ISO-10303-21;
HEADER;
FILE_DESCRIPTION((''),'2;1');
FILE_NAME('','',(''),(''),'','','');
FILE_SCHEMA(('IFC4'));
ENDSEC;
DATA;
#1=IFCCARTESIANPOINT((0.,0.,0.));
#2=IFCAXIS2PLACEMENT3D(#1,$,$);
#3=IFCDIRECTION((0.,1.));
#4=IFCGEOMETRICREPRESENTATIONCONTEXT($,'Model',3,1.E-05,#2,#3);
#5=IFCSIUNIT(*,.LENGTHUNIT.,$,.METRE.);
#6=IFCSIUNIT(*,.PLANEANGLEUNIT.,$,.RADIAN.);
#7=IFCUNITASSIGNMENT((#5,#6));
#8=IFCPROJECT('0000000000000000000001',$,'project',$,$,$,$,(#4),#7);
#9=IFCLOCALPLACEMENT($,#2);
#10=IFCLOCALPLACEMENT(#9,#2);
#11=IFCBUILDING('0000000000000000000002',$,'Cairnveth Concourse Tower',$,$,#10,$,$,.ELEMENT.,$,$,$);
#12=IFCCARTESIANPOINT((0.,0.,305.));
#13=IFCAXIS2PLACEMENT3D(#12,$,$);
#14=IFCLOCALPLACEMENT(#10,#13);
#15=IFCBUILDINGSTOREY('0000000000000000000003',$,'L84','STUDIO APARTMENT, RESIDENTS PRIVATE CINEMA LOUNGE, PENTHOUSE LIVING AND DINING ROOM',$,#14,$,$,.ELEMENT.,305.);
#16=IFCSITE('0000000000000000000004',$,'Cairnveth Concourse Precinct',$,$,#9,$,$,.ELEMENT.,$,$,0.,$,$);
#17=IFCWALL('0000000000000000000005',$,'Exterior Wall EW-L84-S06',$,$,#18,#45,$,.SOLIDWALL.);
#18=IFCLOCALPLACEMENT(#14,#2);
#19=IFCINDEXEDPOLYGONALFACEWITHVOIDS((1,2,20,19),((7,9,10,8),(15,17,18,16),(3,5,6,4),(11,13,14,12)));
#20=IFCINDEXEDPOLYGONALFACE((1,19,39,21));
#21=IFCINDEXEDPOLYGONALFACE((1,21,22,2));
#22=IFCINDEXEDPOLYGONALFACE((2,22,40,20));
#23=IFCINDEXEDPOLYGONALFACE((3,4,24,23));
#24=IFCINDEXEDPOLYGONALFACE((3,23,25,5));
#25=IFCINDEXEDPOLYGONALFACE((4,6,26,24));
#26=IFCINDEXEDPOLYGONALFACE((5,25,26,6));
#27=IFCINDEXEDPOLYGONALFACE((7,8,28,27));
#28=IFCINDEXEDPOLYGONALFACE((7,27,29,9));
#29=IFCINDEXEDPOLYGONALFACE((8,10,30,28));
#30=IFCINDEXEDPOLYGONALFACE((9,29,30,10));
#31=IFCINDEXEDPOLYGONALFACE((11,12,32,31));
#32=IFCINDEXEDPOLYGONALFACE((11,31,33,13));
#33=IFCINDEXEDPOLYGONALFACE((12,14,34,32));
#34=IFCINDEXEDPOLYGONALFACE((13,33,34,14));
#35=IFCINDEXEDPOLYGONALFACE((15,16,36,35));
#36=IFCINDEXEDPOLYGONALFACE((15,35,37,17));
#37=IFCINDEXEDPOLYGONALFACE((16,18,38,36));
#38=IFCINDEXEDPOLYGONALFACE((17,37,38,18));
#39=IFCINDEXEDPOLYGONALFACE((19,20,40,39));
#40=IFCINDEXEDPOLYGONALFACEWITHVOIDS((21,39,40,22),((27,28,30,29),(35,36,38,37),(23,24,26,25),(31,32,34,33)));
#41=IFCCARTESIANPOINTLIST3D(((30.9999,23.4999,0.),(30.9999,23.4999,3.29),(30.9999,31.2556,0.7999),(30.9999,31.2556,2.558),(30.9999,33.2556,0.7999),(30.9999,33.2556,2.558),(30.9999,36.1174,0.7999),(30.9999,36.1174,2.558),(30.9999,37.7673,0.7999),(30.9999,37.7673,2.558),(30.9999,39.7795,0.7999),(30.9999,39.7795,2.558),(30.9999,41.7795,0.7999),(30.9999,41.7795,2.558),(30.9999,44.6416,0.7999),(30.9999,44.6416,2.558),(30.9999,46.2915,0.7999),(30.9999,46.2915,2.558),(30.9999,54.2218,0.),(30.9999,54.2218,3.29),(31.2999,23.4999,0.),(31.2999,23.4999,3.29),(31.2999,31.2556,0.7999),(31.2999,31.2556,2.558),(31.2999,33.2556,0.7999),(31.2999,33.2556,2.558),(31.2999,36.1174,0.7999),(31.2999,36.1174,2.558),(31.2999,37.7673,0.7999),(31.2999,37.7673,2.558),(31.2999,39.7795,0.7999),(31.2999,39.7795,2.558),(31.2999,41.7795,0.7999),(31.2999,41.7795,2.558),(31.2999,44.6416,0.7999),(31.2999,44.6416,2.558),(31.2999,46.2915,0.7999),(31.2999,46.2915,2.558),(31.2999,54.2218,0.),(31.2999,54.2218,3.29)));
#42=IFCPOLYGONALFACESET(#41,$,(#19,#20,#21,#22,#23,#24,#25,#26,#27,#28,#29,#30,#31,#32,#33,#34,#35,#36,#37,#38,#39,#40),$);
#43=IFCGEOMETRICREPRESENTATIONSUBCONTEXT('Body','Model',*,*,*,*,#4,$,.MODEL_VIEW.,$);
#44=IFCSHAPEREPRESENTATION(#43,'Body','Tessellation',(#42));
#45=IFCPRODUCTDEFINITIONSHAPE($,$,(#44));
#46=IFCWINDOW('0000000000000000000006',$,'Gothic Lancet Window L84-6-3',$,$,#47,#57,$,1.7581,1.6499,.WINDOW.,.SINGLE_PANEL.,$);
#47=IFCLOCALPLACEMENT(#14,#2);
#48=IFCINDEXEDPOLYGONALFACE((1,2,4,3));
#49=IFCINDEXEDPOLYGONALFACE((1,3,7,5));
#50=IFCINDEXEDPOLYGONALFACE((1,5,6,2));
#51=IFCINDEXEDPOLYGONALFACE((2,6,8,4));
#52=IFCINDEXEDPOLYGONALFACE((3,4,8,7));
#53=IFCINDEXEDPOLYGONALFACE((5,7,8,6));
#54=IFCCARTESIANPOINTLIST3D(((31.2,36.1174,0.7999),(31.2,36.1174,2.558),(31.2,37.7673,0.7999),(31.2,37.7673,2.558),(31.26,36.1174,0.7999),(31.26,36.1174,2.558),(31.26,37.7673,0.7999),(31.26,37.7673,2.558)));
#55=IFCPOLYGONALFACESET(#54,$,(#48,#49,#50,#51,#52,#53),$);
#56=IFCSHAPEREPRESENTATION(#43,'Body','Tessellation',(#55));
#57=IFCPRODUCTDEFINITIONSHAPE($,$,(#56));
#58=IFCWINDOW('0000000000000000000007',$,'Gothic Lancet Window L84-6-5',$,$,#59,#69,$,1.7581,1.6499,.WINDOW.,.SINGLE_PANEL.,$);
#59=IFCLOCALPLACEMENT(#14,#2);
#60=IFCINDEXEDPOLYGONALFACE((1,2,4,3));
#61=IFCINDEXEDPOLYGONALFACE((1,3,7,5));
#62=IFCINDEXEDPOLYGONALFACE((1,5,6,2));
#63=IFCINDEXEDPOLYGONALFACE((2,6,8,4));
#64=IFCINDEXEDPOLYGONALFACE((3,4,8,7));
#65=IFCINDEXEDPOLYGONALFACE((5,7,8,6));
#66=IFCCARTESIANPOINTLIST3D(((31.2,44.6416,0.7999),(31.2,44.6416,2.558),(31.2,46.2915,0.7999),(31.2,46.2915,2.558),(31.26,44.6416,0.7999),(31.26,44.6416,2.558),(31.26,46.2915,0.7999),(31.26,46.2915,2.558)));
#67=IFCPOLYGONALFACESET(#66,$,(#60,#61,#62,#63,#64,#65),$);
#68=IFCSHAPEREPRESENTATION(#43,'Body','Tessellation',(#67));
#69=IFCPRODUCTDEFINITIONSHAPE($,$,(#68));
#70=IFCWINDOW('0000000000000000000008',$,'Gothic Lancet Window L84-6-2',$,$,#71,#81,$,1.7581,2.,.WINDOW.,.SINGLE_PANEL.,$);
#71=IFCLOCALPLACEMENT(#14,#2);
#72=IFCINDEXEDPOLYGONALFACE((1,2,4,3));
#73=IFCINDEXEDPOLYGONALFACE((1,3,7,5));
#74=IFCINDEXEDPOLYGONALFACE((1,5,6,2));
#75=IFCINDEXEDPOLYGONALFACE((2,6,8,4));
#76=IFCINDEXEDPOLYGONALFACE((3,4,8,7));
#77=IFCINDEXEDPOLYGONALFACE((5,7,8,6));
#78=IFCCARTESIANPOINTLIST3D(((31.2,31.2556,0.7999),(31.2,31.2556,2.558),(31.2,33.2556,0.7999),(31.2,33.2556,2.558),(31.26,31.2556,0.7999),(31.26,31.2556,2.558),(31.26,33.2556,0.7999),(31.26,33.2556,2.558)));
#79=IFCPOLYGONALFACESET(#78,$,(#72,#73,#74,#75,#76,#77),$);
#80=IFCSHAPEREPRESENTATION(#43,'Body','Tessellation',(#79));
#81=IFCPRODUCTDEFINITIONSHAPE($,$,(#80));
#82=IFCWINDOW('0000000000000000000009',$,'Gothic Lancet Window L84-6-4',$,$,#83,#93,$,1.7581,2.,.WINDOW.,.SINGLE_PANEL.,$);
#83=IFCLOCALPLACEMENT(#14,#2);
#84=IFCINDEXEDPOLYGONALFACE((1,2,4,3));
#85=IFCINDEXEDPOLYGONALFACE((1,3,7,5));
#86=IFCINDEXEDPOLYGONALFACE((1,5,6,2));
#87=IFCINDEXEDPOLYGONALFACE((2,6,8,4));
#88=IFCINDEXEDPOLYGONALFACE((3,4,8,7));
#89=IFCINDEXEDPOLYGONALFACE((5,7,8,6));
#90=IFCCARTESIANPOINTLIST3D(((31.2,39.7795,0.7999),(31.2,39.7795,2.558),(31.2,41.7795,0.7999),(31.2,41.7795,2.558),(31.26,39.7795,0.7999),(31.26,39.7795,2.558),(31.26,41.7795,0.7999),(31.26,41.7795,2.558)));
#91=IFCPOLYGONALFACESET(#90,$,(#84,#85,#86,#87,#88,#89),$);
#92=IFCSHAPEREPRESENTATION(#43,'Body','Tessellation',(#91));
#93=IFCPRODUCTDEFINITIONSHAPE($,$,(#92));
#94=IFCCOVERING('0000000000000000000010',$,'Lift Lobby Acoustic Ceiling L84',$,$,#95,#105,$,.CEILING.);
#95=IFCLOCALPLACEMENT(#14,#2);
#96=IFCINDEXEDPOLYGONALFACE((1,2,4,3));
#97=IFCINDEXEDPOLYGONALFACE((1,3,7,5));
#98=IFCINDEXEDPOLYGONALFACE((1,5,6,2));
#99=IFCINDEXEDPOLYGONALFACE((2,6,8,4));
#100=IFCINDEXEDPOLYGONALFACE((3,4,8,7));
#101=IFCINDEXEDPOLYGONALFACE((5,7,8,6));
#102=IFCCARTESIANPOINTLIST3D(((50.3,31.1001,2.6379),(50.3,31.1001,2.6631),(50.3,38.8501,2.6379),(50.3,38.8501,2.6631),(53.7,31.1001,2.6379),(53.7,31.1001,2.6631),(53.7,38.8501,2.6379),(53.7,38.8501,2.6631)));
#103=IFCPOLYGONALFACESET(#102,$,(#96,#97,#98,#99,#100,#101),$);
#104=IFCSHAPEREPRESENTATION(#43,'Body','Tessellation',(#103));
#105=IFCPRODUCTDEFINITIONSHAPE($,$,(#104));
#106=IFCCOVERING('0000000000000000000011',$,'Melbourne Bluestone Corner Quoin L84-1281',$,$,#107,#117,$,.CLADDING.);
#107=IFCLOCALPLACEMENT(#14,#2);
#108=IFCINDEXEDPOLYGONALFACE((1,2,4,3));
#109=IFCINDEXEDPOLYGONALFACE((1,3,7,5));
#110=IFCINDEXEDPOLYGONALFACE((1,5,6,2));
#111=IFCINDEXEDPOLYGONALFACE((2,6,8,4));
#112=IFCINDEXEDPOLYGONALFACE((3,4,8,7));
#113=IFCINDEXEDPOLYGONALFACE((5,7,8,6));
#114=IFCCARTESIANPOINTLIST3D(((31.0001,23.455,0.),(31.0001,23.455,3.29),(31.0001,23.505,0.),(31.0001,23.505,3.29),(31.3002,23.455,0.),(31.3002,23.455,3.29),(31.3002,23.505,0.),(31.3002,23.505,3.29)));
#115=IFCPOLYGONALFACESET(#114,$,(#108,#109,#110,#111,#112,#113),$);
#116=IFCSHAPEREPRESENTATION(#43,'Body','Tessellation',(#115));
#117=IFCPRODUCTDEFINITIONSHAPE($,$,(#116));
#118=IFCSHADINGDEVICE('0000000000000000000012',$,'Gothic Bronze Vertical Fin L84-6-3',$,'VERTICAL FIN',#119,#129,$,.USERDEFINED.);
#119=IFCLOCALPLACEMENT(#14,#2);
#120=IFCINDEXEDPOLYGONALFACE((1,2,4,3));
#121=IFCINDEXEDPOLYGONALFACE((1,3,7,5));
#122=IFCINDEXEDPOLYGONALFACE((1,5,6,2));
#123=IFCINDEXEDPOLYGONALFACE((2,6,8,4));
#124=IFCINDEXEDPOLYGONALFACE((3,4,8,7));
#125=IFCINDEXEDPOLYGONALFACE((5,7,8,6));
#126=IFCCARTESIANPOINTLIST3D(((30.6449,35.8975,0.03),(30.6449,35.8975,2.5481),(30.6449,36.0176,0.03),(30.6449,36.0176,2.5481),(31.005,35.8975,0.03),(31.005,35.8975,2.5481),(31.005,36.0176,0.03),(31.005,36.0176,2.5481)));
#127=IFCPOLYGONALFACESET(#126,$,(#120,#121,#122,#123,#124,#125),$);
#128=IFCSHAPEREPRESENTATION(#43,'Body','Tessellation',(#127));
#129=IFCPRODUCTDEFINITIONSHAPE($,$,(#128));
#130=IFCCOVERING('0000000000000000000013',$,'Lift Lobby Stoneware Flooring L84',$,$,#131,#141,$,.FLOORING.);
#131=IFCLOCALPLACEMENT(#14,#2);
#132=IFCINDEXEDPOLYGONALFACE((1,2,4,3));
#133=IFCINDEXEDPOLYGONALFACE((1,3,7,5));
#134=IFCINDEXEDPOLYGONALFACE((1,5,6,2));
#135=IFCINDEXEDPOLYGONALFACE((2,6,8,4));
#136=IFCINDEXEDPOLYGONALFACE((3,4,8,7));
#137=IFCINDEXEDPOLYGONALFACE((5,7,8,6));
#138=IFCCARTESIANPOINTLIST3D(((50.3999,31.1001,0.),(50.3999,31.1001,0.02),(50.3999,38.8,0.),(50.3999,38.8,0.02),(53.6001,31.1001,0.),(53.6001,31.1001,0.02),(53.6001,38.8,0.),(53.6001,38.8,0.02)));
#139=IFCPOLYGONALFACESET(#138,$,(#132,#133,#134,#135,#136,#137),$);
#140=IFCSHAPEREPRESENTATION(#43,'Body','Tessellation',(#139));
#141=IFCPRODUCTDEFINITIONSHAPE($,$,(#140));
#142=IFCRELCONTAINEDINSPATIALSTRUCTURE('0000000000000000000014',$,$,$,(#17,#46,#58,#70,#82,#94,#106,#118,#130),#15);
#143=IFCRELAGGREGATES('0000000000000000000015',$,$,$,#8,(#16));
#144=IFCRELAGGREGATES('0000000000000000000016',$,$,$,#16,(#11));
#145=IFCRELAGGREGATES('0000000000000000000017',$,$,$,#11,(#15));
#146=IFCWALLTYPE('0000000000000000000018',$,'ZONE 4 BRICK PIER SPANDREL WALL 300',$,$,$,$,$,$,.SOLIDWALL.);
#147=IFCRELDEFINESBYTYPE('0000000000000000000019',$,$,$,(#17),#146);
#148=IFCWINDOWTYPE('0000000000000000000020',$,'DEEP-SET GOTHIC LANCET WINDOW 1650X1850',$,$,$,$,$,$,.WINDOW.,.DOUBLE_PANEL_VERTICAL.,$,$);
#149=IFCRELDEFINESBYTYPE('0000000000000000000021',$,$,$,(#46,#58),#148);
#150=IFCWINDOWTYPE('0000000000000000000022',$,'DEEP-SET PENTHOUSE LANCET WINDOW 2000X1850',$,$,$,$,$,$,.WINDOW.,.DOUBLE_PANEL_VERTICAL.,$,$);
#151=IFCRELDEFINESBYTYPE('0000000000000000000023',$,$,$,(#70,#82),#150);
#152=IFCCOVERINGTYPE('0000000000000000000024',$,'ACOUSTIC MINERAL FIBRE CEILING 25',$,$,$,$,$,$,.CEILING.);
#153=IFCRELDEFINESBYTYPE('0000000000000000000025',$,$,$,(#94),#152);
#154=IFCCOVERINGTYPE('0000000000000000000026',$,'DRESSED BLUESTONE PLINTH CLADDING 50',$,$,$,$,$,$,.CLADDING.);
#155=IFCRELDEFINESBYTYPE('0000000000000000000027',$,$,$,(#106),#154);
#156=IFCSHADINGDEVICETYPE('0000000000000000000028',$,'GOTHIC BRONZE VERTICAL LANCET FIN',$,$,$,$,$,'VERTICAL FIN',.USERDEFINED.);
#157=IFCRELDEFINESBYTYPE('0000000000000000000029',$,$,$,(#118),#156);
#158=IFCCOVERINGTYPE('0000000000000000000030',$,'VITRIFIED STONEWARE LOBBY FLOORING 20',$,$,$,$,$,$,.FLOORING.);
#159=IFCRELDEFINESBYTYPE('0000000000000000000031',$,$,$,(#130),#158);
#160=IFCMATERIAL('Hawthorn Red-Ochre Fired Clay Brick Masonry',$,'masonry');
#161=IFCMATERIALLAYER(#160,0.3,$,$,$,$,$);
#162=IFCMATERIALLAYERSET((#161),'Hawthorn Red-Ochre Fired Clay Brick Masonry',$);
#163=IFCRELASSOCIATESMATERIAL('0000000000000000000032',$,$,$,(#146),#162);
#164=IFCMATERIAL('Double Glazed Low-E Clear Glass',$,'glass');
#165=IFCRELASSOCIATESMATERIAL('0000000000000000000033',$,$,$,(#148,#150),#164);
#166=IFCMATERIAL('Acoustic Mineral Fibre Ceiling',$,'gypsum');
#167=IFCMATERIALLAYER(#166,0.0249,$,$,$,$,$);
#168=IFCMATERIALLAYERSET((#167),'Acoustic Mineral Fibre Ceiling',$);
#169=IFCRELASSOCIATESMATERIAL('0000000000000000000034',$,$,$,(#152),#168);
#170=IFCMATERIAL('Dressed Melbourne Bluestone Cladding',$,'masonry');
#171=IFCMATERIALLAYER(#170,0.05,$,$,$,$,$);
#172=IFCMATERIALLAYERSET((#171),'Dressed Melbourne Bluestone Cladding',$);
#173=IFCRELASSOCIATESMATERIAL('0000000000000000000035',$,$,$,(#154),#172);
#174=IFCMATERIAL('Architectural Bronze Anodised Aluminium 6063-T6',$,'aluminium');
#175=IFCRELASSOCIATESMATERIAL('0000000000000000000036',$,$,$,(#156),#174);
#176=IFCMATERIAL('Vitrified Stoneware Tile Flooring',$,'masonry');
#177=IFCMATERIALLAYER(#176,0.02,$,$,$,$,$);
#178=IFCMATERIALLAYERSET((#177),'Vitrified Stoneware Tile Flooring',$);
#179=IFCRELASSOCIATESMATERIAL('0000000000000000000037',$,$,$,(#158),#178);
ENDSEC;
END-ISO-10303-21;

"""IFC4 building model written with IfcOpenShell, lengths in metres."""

from ifc_helpers import new_model, si_unit, direction, frame, frame_2d, origin, origin_2d, place, context, subcontext, project, spatial, polyline, rectangle, outline, extrude, material, layer, layer_set, type_object, element, fill, save


model = new_model("IFC4")

# Units and contexts
model_context = context("Model", 3, precision=1e-05, world=origin(), true_north=direction((0.0, 1.0)))
body_context = subcontext(model_context, "Body", "Model", "MODEL_VIEW")
ifc_project = project(units=[si_unit("LENGTHUNIT", "METRE"), si_unit("PLANEANGLEUNIT", "RADIAN")], contexts=[model_context])

# Site, building, storey
site_placement = place(None, origin())
site = spatial("IfcSite", under=ifc_project, at=site_placement, Name="Cairnveth Concourse Precinct", CompositionType="ELEMENT", RefElevation=0.0)
building_placement = place(site_placement, origin())
building = spatial("IfcBuilding", under=site, at=building_placement, Name="Cairnveth Concourse Tower", CompositionType="ELEMENT")
storey_placement = place(building_placement, frame((0.0, 0.0, 305.0)))
storey = spatial("IfcBuildingStorey", under=building, at=storey_placement, Name="L84", Description="STUDIO APARTMENT, RESIDENTS PRIVATE CINEMA LOUNGE, PENTHOUSE LIVING AND DINING ROOM", CompositionType="ELEMENT", Elevation=305.0)

# Wall, openings, windows
ifc_material_1 = material(Name="Hawthorn Red-Ochre Fired Clay Brick Masonry", Category="masonry")
ifc_layer_1 = layer(ifc_material_1, 0.3)
ifc_layer_set_1 = layer_set([ifc_layer_1], Name="Hawthorn Red-Ochre Fired Clay Brick Masonry")
wall_type_1 = type_object("IfcWallType", Name="ZONE 4 BRICK PIER SPANDREL WALL 300", PredefinedType="SOLIDWALL", material=ifc_layer_set_1)
wall_1_placement = place(storey_placement, frame((31.1499, 23.5, 0.0), z_axis=(0.0, 0.0, 1.0), x_axis=(0.0, 1.0, 0.0)))
wall_1 = element("IfcWall", 1, at=wall_1_placement, inside=storey, type_object=wall_type_1, Name="Exterior Wall EW-L84-S06", PredefinedType="SOLIDWALL", context=body_context, shape_type="SweptSolid", body=[
    extrude(rectangle(XDim=30.7219, YDim=0.3, at=frame_2d((15.3608, 0.0))), origin(), (0.0, 0.0, 1.0), 3.29),
])
opening_1_placement = place(wall_1_placement, frame((7.7556, 0.0, 0.8)))
opening_1 = element("IfcOpeningElement", 2, at=opening_1_placement, cuts=wall_1, PredefinedType="OPENING", context=body_context, shape_type="SweptSolid", body=[
    extrude(rectangle(XDim=2.0, YDim=1.7581, at=frame_2d((1.0, 0.8789))), frame((0.0, 0.1599, 0.0), z_axis=(0.0, -1.0, 0.0), x_axis=(1.0, 0.0, 0.0)), (0.0, 0.0, 1.0), 0.3201),
])
opening_2_placement = place(wall_1_placement, frame((12.6174, 0.0, 0.8)))
opening_2 = element("IfcOpeningElement", 3, at=opening_2_placement, cuts=wall_1, PredefinedType="OPENING", context=body_context, shape_type="SweptSolid", body=[
    extrude(rectangle(XDim=1.6499, YDim=1.7581, at=frame_2d((0.825, 0.8789))), frame((0.0, 0.1599, 0.0), z_axis=(0.0, -1.0, 0.0), x_axis=(1.0, 0.0, 0.0)), (0.0, 0.0, 1.0), 0.3201),
])
opening_3_placement = place(wall_1_placement, frame((16.2795, 0.0, 0.8)))
opening_3 = element("IfcOpeningElement", 4, at=opening_3_placement, cuts=wall_1, PredefinedType="OPENING", context=body_context, shape_type="SweptSolid", body=[
    extrude(rectangle(XDim=2.0, YDim=1.7581, at=frame_2d((1.0, 0.8789))), frame((0.0, 0.1599, 0.0), z_axis=(0.0, -1.0, 0.0), x_axis=(1.0, 0.0, 0.0)), (0.0, 0.0, 1.0), 0.3201),
])
opening_4_placement = place(wall_1_placement, frame((21.1416, 0.0, 0.8)))
opening_4 = element("IfcOpeningElement", 5, at=opening_4_placement, cuts=wall_1, PredefinedType="OPENING", context=body_context, shape_type="SweptSolid", body=[
    extrude(rectangle(XDim=1.6499, YDim=1.7581, at=frame_2d((0.825, 0.8789))), frame((0.0, 0.1599, 0.0), z_axis=(0.0, -1.0, 0.0), x_axis=(1.0, 0.0, 0.0)), (0.0, 0.0, 1.0), 0.3201),
])
ifc_material_2 = material(Name="Double Glazed Low-E Clear Glass", Category="glass")
window_type_1 = type_object("IfcWindowType", Name="DEEP-SET GOTHIC LANCET WINDOW 1650X1850", PartitioningType="DOUBLE_PANEL_VERTICAL", PredefinedType="WINDOW", material=ifc_material_2)
window_1_placement = place(opening_2_placement, origin())
window_1 = element("IfcWindow", 6, at=window_1_placement, inside=storey, type_object=window_type_1, Name="Gothic Lancet Window L84-6-3", OverallHeight=1.7581, OverallWidth=1.6499, PartitioningType="SINGLE_PANEL", PredefinedType="WINDOW", context=body_context, shape_type="SweptSolid", body=[
    extrude(rectangle(XDim=1.6499, YDim=1.7581, at=frame_2d((0.825, 0.8789))), frame((0.0, -0.05, 0.0), z_axis=(0.0, -1.0, 0.0), x_axis=(1.0, 0.0, 0.0)), (0.0, 0.0, 1.0), 0.0601),
])
fill(opening_2, window_1)
window_2_placement = place(opening_4_placement, origin())
window_2 = element("IfcWindow", 7, at=window_2_placement, inside=storey, type_object=window_type_1, Name="Gothic Lancet Window L84-6-5", OverallHeight=1.7581, OverallWidth=1.6499, PartitioningType="SINGLE_PANEL", PredefinedType="WINDOW", context=body_context, shape_type="SweptSolid", body=[
    extrude(rectangle(XDim=1.6499, YDim=1.7581, at=frame_2d((0.825, 0.8789))), frame((0.0, -0.05, 0.0), z_axis=(0.0, -1.0, 0.0), x_axis=(1.0, 0.0, 0.0)), (0.0, 0.0, 1.0), 0.0601),
])
fill(opening_4, window_2)
window_type_2 = type_object("IfcWindowType", Name="DEEP-SET PENTHOUSE LANCET WINDOW 2000X1850", PartitioningType="DOUBLE_PANEL_VERTICAL", PredefinedType="WINDOW", material=ifc_material_2)
window_3_placement = place(opening_1_placement, origin())
window_3 = element("IfcWindow", 8, at=window_3_placement, inside=storey, type_object=window_type_2, Name="Gothic Lancet Window L84-6-2", OverallHeight=1.7581, OverallWidth=2.0, PartitioningType="SINGLE_PANEL", PredefinedType="WINDOW", context=body_context, shape_type="SweptSolid", body=[
    extrude(rectangle(XDim=2.0, YDim=1.7581, at=frame_2d((1.0, 0.8789))), frame((0.0, -0.05, 0.0), z_axis=(0.0, -1.0, 0.0), x_axis=(1.0, 0.0, 0.0)), (0.0, 0.0, 1.0), 0.0601),
])
fill(opening_1, window_3)
window_4_placement = place(opening_3_placement, origin())
window_4 = element("IfcWindow", 9, at=window_4_placement, inside=storey, type_object=window_type_2, Name="Gothic Lancet Window L84-6-4", OverallHeight=1.7581, OverallWidth=2.0, PartitioningType="SINGLE_PANEL", PredefinedType="WINDOW", context=body_context, shape_type="SweptSolid", body=[
    extrude(rectangle(XDim=2.0, YDim=1.7581, at=frame_2d((1.0, 0.8789))), frame((0.0, -0.05, 0.0), z_axis=(0.0, -1.0, 0.0), x_axis=(1.0, 0.0, 0.0)), (0.0, 0.0, 1.0), 0.0601),
])
fill(opening_3, window_4)

# Coverings
ifc_material_3 = material(Name="Acoustic Mineral Fibre Ceiling", Category="gypsum")
ifc_layer_2 = layer(ifc_material_3, 0.0249)
ifc_layer_set_2 = layer_set([ifc_layer_2], Name="Acoustic Mineral Fibre Ceiling")
covering_type_1 = type_object("IfcCoveringType", Name="ACOUSTIC MINERAL FIBRE CEILING 25", PredefinedType="CEILING", material=ifc_layer_set_2)
covering_1_placement = place(storey_placement, frame((0.0, 0.0, 2.6379)))
element("IfcCovering", 10, at=covering_1_placement, inside=storey, type_object=covering_type_1, Name="Lift Lobby Acoustic Ceiling L84", PredefinedType="CEILING", context=body_context, shape_type="SweptSolid", body=[
    extrude(outline(polyline([(50.3, 31.1001), (53.7, 31.1001), (53.7, 38.8501), (50.3, 38.8501), (50.3, 31.1001)])), origin(), (0.0, 0.0, 1.0), 0.0251),
])
ifc_material_4 = material(Name="Dressed Melbourne Bluestone Cladding", Category="masonry")
ifc_layer_3 = layer(ifc_material_4, 0.05)
ifc_layer_set_3 = layer_set([ifc_layer_3], Name="Dressed Melbourne Bluestone Cladding")
covering_type_2 = type_object("IfcCoveringType", Name="DRESSED BLUESTONE PLINTH CLADDING 50", PredefinedType="CLADDING", material=ifc_layer_set_3)
covering_2_placement = place(storey_placement, frame((31.3, 23.48, 0.0), z_axis=(0.0, 0.0, 1.0), x_axis=(-1.0, 0.0, 0.0)))
element("IfcCovering", 11, at=covering_2_placement, inside=storey, type_object=covering_type_2, Name="Melbourne Bluestone Corner Quoin L84-1281", PredefinedType="CLADDING", context=body_context, shape_type="SweptSolid", body=[
    extrude(rectangle(XDim=0.3, YDim=0.05, at=frame_2d((0.1499, 0.0))), origin(), (0.0, 0.0, 1.0), 3.29),
])

# Shading device
ifc_material_5 = material(Name="Architectural Bronze Anodised Aluminium 6063-T6", Category="aluminium")
shading_device_type = type_object("IfcShadingDeviceType", Name="GOTHIC BRONZE VERTICAL LANCET FIN", ElementType="VERTICAL FIN", PredefinedType="USERDEFINED", material=ifc_material_5)
shading_device_placement = place(storey_placement, frame((30.825, 35.9575, 0.03), z_axis=(0.0, 0.0, 1.0), x_axis=(0.0, 1.0, 0.0)))
element("IfcShadingDevice", 12, at=shading_device_placement, inside=storey, type_object=shading_device_type, Name="Gothic Bronze Vertical Fin L84-6-3", ObjectType="VERTICAL FIN", PredefinedType="USERDEFINED", context=body_context, shape_type="SweptSolid", body=[
    extrude(rectangle(XDim=0.1201, YDim=0.3601, at=origin_2d()), origin(), (0.0, 0.0, 1.0), 2.5181),
])

# Covering
ifc_material_6 = material(Name="Vitrified Stoneware Tile Flooring", Category="masonry")
ifc_layer_4 = layer(ifc_material_6, 0.02)
ifc_layer_set_4 = layer_set([ifc_layer_4], Name="Vitrified Stoneware Tile Flooring")
covering_type_3 = type_object("IfcCoveringType", Name="VITRIFIED STONEWARE LOBBY FLOORING 20", PredefinedType="FLOORING", material=ifc_layer_set_4)
covering_3_placement = place(storey_placement, origin())
element("IfcCovering", 13, at=covering_3_placement, inside=storey, type_object=covering_type_3, Name="Lift Lobby Stoneware Flooring L84", PredefinedType="FLOORING", context=body_context, shape_type="SweptSolid", body=[
    extrude(outline(polyline([(50.3999, 31.1001), (53.6001, 31.1001), (53.6001, 38.8), (50.3999, 38.8), (50.3999, 31.1001)])), origin(), (0.0, 0.0, 1.0), 0.02),
])

save(model, "model.ifc")
